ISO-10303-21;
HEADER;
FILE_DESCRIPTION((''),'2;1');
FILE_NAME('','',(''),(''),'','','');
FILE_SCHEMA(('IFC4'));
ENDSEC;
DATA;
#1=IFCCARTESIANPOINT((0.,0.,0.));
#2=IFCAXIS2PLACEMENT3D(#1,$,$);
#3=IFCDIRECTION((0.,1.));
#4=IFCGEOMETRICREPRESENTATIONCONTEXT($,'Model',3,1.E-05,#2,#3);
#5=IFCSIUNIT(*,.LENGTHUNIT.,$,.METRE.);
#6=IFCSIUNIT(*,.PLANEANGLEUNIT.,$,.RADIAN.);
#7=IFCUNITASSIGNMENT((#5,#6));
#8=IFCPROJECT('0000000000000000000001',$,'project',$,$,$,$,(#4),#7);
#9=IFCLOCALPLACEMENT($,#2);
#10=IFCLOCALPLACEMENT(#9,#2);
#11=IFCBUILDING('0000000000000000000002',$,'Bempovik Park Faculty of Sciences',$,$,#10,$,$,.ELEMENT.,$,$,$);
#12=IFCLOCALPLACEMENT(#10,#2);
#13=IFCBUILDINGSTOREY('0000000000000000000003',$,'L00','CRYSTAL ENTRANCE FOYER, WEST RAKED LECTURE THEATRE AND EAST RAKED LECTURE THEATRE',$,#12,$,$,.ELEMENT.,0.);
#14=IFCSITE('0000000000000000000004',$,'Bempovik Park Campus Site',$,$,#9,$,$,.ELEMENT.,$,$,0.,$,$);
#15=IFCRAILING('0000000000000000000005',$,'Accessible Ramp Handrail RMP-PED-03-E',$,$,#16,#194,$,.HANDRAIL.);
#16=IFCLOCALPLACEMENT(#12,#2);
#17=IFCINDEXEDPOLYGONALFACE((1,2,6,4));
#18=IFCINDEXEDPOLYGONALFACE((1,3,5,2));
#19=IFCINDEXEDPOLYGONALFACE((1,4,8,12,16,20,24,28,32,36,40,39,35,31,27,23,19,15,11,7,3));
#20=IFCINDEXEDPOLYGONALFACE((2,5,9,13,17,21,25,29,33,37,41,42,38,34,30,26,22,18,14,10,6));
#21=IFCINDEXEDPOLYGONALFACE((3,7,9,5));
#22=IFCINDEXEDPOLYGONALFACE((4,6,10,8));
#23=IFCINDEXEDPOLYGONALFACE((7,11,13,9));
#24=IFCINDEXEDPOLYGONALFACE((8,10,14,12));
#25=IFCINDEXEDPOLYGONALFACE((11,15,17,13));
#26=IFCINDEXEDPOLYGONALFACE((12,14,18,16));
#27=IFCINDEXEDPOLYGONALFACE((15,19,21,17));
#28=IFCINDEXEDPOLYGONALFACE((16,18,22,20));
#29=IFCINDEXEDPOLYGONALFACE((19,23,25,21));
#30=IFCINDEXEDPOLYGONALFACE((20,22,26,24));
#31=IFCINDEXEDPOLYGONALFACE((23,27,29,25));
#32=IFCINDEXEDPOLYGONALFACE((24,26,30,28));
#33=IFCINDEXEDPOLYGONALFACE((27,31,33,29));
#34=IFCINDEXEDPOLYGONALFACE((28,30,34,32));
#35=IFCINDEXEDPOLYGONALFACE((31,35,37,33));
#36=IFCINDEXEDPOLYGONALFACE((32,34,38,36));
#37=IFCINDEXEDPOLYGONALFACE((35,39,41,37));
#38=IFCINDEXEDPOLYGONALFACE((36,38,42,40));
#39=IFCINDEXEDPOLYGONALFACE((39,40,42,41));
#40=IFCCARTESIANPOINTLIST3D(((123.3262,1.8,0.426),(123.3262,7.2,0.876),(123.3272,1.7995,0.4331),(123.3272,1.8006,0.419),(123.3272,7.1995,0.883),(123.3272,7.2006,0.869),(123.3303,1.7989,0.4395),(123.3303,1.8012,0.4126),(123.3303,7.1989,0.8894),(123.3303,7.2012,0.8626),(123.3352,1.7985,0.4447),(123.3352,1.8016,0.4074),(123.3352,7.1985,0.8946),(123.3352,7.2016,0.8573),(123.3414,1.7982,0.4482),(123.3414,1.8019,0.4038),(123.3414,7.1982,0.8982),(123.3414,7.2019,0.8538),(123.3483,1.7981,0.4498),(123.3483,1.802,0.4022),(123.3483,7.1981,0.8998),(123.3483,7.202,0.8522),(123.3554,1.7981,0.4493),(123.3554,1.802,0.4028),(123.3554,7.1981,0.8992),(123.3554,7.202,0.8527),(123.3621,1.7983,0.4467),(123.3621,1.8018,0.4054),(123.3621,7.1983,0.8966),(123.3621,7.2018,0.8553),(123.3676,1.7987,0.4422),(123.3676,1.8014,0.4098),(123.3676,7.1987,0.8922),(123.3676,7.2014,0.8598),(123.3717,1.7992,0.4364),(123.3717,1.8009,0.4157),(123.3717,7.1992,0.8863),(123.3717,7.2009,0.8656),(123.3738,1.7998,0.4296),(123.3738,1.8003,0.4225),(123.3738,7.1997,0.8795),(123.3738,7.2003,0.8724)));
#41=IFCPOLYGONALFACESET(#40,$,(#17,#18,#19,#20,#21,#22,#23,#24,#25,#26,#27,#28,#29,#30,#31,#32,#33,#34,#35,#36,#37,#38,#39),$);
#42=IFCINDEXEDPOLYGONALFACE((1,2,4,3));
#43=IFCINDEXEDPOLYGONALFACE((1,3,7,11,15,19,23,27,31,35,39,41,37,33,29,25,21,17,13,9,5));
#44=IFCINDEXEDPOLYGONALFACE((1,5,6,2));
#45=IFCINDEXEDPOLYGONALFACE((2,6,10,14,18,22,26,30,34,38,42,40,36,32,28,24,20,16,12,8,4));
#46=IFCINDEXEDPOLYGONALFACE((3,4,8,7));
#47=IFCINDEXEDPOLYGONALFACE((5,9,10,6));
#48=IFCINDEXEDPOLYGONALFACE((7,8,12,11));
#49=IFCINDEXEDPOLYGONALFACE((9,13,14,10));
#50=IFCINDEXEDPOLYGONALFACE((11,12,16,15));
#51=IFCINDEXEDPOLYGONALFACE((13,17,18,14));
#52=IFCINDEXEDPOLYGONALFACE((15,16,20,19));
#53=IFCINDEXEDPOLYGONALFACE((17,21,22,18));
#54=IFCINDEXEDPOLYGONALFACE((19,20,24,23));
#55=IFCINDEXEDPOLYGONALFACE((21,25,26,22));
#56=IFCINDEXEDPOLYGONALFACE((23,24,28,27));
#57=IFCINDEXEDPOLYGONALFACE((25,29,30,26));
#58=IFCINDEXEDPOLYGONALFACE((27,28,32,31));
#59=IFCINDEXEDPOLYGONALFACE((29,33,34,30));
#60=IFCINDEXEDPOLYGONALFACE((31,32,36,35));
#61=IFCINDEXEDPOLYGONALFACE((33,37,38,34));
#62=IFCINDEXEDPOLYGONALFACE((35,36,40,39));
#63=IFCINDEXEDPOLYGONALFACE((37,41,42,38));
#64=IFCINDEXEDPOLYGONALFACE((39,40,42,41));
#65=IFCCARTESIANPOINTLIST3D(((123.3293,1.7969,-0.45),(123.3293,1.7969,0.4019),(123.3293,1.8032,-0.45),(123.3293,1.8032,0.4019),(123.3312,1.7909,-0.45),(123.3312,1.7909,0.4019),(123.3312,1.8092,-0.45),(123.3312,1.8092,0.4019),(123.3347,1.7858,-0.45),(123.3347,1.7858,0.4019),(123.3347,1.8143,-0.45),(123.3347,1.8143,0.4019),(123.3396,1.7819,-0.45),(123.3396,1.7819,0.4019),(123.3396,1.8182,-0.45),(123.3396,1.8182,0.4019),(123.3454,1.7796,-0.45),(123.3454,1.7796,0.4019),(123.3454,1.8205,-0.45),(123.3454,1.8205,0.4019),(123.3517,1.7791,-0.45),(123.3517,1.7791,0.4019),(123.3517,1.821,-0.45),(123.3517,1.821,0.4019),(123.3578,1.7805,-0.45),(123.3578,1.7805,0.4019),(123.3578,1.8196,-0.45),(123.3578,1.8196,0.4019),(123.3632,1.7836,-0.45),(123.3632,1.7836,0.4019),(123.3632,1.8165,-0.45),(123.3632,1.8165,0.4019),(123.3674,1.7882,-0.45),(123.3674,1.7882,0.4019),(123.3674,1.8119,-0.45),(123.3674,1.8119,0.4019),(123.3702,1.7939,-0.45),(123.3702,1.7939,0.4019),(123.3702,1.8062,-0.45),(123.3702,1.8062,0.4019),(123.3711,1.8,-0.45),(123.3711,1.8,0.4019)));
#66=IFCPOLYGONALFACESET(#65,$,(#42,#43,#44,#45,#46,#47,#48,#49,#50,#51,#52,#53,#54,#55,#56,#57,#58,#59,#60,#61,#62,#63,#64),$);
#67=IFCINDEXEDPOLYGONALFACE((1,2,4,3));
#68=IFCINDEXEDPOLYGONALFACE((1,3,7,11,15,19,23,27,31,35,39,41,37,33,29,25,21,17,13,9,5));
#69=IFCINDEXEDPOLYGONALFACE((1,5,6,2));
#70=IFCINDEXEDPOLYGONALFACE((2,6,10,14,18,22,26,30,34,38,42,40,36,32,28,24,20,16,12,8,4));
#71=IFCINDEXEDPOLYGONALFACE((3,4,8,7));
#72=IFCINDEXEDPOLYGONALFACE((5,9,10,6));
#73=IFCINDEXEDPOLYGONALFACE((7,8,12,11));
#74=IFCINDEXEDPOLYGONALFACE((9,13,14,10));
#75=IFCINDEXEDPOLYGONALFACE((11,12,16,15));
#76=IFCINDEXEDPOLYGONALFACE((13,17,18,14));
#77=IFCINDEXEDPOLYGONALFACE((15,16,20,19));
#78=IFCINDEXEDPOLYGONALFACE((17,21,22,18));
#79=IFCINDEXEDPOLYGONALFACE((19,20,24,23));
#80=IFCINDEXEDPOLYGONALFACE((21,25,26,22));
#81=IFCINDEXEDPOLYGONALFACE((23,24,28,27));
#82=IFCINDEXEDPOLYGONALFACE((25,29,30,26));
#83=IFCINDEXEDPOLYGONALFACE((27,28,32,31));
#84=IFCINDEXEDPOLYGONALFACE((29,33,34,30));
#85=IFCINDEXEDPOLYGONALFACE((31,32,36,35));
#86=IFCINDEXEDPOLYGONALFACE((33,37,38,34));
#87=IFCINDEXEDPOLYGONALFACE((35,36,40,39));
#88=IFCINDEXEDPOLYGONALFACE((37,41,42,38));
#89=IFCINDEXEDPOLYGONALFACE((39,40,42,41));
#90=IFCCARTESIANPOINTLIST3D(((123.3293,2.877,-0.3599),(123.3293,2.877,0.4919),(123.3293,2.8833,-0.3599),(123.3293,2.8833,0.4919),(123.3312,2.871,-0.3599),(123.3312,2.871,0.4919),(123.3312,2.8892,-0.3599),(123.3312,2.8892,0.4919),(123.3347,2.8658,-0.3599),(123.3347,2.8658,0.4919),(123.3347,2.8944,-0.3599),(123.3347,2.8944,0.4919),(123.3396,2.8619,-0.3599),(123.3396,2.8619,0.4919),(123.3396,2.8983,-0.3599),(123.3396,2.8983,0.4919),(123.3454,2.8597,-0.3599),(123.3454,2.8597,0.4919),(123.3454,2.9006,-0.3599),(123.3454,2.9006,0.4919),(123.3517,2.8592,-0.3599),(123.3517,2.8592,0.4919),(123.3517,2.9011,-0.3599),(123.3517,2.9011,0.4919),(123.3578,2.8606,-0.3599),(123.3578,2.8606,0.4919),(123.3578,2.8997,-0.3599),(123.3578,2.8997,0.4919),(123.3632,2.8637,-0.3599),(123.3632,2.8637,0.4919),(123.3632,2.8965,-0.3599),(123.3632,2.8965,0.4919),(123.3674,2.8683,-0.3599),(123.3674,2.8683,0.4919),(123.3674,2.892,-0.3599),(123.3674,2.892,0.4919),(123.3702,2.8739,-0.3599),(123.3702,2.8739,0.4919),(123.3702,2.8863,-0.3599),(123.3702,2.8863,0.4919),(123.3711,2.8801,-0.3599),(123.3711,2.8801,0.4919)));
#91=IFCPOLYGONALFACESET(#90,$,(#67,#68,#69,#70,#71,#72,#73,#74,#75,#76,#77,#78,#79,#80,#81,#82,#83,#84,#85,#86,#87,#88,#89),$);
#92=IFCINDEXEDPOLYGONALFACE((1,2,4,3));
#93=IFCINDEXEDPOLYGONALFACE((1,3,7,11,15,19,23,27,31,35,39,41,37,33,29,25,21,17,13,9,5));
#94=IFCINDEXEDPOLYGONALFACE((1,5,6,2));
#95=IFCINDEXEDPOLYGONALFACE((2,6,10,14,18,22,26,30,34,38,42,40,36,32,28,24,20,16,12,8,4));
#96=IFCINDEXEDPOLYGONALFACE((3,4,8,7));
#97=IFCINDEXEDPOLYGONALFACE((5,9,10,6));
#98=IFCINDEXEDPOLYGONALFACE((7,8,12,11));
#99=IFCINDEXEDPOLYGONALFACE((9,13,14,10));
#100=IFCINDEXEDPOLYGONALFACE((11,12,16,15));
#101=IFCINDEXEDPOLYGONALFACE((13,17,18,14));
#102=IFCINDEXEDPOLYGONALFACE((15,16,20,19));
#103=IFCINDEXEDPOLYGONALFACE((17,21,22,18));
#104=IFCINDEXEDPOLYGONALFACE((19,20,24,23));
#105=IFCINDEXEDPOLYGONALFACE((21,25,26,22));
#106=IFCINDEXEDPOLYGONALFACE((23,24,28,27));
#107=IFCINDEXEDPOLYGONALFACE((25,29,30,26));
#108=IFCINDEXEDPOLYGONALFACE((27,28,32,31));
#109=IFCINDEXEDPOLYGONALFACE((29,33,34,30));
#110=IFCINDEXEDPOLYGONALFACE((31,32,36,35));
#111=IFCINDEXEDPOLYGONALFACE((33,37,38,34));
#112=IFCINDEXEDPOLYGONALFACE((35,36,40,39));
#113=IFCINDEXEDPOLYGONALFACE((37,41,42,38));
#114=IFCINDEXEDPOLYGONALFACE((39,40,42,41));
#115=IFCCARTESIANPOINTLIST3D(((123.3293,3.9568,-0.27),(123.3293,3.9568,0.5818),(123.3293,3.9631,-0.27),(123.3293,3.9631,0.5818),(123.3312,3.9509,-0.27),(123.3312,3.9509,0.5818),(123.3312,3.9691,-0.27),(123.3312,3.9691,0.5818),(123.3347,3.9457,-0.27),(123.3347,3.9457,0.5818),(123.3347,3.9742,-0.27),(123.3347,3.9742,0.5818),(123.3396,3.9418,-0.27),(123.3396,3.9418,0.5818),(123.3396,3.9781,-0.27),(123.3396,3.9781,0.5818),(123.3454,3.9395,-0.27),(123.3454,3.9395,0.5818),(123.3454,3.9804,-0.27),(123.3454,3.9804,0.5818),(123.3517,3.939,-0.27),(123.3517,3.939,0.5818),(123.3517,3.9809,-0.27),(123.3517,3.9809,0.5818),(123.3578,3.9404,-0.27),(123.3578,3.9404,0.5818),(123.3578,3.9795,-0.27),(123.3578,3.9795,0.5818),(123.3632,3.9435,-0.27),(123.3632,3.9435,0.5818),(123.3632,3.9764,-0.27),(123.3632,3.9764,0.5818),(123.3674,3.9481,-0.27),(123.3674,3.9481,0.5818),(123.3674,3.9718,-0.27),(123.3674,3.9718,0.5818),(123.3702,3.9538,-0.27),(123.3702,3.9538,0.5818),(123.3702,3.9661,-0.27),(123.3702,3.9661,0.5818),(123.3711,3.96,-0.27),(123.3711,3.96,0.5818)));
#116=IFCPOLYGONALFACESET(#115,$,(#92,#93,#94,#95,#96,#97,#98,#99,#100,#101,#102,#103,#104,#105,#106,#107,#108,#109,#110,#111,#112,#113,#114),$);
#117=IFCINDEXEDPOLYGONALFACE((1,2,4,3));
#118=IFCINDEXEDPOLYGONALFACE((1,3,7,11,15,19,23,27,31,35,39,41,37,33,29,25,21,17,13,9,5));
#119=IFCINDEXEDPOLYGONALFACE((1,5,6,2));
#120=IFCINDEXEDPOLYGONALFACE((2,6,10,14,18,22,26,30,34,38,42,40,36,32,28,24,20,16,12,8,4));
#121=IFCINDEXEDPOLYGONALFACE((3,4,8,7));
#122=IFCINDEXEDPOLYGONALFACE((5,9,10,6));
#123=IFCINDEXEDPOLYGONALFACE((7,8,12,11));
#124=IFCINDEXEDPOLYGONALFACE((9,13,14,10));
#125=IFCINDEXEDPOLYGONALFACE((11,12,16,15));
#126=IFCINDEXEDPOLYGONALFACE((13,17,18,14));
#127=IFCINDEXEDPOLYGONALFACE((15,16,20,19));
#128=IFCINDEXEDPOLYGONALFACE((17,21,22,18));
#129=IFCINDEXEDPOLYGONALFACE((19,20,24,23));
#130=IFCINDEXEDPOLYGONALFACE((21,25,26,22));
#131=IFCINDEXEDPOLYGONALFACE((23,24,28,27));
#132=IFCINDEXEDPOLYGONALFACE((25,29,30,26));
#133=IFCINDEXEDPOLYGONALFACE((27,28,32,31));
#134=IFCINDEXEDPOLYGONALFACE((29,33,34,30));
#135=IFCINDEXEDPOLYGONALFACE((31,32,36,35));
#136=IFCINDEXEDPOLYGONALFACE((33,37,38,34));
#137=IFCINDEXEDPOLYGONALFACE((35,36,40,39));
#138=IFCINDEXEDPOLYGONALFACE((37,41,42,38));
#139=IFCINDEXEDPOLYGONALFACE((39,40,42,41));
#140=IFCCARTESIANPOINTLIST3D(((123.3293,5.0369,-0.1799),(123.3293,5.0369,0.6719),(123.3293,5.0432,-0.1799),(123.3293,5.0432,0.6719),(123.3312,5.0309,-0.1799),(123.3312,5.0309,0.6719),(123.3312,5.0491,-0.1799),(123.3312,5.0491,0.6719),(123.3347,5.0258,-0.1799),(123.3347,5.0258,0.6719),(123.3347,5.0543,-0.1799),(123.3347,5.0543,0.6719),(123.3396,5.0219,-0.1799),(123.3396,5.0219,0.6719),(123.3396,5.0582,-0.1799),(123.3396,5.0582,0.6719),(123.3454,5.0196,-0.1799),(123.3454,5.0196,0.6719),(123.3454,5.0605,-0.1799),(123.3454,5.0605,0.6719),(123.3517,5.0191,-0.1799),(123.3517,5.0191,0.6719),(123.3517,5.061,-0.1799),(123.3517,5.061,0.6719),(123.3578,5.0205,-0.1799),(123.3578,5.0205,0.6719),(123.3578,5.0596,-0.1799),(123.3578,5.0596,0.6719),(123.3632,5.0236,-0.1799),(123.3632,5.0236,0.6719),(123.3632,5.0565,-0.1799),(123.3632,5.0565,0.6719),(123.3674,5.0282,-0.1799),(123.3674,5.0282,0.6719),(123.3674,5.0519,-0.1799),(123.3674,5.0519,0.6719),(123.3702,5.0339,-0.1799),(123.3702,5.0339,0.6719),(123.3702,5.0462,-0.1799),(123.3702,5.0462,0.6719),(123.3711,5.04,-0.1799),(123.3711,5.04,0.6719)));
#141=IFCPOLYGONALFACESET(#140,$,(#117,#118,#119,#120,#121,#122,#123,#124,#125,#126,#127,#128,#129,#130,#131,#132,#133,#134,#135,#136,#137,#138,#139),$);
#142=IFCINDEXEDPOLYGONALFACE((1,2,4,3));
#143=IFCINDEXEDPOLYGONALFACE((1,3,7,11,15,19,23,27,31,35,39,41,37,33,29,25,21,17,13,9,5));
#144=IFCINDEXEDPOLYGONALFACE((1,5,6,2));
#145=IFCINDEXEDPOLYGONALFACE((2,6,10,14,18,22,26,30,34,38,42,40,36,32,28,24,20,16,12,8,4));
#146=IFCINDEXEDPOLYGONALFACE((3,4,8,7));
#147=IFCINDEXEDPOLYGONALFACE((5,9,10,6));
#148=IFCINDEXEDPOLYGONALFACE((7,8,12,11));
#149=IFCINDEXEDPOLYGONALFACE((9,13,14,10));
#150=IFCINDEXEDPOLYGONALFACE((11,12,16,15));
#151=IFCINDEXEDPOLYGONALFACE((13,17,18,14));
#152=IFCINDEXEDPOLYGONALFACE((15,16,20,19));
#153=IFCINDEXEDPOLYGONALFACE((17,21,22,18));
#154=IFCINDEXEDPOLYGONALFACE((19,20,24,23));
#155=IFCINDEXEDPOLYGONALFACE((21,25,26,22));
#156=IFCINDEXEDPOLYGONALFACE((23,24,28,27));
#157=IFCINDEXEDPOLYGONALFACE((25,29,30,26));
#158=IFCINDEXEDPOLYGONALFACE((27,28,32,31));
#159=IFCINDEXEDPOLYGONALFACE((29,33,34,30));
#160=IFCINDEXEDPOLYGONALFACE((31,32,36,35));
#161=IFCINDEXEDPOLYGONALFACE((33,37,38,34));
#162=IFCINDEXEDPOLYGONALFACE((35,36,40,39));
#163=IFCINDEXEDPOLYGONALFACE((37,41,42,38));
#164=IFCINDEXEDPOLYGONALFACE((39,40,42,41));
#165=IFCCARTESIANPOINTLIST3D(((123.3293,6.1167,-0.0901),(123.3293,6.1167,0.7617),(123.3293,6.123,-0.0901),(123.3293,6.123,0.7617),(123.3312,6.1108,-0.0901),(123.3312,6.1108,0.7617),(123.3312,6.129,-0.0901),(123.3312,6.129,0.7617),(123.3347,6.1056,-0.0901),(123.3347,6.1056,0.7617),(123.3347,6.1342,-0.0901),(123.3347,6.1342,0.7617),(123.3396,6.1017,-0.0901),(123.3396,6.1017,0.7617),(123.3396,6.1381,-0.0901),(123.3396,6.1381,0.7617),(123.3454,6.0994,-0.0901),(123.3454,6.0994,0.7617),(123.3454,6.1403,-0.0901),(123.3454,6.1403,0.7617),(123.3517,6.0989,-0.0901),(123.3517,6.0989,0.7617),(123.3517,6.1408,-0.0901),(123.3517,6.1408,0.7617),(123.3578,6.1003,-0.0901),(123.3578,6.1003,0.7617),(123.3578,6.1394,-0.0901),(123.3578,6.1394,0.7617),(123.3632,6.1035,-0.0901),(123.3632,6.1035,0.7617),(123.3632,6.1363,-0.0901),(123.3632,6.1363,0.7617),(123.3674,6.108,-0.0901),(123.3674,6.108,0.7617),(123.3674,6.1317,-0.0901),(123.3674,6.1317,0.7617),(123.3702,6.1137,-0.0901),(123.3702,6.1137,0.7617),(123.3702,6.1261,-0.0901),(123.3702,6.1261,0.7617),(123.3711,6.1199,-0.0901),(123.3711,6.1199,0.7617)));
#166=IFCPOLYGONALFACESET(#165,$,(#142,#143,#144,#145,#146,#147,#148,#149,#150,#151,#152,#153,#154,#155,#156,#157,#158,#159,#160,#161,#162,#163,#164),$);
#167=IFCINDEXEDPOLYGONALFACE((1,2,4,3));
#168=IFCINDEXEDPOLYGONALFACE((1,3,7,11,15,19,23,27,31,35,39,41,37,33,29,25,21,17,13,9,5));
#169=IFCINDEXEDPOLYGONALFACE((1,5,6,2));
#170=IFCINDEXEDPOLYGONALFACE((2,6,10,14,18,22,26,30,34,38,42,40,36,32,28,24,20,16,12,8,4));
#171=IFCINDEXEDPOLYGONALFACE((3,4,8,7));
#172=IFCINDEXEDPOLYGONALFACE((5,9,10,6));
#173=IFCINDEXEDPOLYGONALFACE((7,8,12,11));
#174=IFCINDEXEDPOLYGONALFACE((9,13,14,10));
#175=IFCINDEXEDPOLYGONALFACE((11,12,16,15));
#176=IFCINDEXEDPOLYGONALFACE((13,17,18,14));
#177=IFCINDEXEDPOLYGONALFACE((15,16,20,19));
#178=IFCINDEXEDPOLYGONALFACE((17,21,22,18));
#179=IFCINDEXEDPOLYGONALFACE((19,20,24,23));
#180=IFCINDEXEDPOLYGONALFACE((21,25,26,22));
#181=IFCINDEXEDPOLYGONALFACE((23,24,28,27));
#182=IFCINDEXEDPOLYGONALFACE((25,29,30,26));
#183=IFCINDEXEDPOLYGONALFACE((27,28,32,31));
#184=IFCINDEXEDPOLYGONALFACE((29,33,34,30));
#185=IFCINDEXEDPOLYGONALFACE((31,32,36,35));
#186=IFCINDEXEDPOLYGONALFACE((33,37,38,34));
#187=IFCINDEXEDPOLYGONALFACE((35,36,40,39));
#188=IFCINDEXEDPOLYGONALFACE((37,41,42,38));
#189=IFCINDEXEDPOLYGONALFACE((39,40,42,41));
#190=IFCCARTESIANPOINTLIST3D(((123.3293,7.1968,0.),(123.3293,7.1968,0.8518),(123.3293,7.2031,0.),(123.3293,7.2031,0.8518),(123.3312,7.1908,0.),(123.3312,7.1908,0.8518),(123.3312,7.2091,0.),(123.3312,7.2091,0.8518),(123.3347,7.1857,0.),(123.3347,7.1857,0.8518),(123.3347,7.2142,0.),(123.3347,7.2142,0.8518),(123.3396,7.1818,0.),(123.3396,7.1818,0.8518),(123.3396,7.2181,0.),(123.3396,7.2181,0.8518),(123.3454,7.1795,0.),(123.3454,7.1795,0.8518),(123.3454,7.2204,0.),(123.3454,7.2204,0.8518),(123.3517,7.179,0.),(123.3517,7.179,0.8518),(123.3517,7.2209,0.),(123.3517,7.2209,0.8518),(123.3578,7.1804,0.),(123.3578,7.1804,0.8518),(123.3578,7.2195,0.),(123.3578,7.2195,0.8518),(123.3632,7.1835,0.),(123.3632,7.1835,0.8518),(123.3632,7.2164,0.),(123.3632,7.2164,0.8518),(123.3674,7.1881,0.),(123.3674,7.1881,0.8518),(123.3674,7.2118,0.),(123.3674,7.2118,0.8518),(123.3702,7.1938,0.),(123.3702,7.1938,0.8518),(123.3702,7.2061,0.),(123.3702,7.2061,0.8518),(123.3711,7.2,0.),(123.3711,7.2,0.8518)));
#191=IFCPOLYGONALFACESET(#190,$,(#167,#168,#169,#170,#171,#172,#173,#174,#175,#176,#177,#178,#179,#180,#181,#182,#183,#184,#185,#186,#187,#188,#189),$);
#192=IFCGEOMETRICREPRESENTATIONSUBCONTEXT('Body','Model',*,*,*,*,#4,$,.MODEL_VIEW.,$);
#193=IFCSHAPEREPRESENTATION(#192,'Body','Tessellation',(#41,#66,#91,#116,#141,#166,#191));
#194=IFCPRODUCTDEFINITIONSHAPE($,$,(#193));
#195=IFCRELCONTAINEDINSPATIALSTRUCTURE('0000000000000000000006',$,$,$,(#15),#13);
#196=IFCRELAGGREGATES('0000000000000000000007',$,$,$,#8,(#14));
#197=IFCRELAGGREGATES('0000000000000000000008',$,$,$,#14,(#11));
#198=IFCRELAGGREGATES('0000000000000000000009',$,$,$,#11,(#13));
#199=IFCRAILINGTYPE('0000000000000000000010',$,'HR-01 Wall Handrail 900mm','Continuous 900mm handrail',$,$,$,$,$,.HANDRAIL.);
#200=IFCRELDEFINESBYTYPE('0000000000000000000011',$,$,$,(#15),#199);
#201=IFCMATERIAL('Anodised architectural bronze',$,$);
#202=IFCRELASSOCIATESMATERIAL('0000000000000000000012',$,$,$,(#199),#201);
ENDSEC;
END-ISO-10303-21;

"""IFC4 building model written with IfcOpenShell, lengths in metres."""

from ifc_helpers import new_model, si_unit, direction, frame, origin, origin_2d, place, context, subcontext, project, spatial, circle, extrude, material, type_object, element, save


model = new_model("IFC4")

# Units and contexts
model_context = context("Model", 3, precision=1e-05, world=origin(), true_north=direction((0.0, 1.0)))
body_context = subcontext(model_context, "Body", "Model", "MODEL_VIEW")
ifc_project = project(units=[si_unit("LENGTHUNIT", "METRE"), si_unit("PLANEANGLEUNIT", "RADIAN")], contexts=[model_context])

# Site, building, storey
site_placement = place(None, origin())
site = spatial("IfcSite", under=ifc_project, at=site_placement, Name="Bempovik Park Campus Site", CompositionType="ELEMENT", RefElevation=0.0)
building_placement = place(site_placement, origin())
building = spatial("IfcBuilding", under=site, at=building_placement, Name="Bempovik Park Faculty of Sciences", CompositionType="ELEMENT")
storey_placement = place(building_placement, origin())
storey = spatial("IfcBuildingStorey", under=building, at=storey_placement, Name="L00", Description="CRYSTAL ENTRANCE FOYER, WEST RAKED LECTURE THEATRE AND EAST RAKED LECTURE THEATRE", CompositionType="ELEMENT", Elevation=0.0)

# Railing
ifc_material_1 = material(Name="Anodised architectural bronze")
railing_type = type_object("IfcRailingType", Name="HR-01 Wall Handrail 900mm", Description="Continuous 900mm handrail", PredefinedType="HANDRAIL", material=ifc_material_1)
for number, where, name in (
    (1, (123.3501, 1.8, -0.45), "Accessible Ramp Handrail RMP-PED-03-E"),
):
    element("IfcRailing", number, at=place(storey_placement, frame(where)), inside=storey, type_object=railing_type, Name=name, PredefinedType="HANDRAIL", context=body_context, shape_type="SweptSolid", body=[
        extrude(circle(Radius=0.0239, at=origin_2d()), frame((0.0, 0.0, 0.876), z_axis=(0.0, 0.996546, 0.083038), x_axis=(-1.0, 0.0, 0.0)), (0.0, 0.0, 1.0), 5.4187),
        extrude(circle(Radius=0.021, at=origin_2d()), origin(), (0.0, 0.0, 1.0), 0.8518),
        extrude(circle(Radius=0.021, at=origin_2d()), frame((0.0, 1.0801, 0.0901)), (0.0, 0.0, 1.0), 0.8518),
        extrude(circle(Radius=0.021, at=origin_2d()), frame((0.0, 2.1599, 0.1799)), (0.0, 0.0, 1.0), 0.8518),
        extrude(circle(Radius=0.021, at=origin_2d()), frame((0.0, 3.24, 0.27)), (0.0, 0.0, 1.0), 0.8518),
        extrude(circle(Radius=0.021, at=origin_2d()), frame((0.0, 4.3198, 0.3599)), (0.0, 0.0, 1.0), 0.8518),
        extrude(circle(Radius=0.021, at=origin_2d()), frame((0.0, 5.3999, 0.45)), (0.0, 0.0, 1.0), 0.8518),
    ])

save(model, "model.ifc")
